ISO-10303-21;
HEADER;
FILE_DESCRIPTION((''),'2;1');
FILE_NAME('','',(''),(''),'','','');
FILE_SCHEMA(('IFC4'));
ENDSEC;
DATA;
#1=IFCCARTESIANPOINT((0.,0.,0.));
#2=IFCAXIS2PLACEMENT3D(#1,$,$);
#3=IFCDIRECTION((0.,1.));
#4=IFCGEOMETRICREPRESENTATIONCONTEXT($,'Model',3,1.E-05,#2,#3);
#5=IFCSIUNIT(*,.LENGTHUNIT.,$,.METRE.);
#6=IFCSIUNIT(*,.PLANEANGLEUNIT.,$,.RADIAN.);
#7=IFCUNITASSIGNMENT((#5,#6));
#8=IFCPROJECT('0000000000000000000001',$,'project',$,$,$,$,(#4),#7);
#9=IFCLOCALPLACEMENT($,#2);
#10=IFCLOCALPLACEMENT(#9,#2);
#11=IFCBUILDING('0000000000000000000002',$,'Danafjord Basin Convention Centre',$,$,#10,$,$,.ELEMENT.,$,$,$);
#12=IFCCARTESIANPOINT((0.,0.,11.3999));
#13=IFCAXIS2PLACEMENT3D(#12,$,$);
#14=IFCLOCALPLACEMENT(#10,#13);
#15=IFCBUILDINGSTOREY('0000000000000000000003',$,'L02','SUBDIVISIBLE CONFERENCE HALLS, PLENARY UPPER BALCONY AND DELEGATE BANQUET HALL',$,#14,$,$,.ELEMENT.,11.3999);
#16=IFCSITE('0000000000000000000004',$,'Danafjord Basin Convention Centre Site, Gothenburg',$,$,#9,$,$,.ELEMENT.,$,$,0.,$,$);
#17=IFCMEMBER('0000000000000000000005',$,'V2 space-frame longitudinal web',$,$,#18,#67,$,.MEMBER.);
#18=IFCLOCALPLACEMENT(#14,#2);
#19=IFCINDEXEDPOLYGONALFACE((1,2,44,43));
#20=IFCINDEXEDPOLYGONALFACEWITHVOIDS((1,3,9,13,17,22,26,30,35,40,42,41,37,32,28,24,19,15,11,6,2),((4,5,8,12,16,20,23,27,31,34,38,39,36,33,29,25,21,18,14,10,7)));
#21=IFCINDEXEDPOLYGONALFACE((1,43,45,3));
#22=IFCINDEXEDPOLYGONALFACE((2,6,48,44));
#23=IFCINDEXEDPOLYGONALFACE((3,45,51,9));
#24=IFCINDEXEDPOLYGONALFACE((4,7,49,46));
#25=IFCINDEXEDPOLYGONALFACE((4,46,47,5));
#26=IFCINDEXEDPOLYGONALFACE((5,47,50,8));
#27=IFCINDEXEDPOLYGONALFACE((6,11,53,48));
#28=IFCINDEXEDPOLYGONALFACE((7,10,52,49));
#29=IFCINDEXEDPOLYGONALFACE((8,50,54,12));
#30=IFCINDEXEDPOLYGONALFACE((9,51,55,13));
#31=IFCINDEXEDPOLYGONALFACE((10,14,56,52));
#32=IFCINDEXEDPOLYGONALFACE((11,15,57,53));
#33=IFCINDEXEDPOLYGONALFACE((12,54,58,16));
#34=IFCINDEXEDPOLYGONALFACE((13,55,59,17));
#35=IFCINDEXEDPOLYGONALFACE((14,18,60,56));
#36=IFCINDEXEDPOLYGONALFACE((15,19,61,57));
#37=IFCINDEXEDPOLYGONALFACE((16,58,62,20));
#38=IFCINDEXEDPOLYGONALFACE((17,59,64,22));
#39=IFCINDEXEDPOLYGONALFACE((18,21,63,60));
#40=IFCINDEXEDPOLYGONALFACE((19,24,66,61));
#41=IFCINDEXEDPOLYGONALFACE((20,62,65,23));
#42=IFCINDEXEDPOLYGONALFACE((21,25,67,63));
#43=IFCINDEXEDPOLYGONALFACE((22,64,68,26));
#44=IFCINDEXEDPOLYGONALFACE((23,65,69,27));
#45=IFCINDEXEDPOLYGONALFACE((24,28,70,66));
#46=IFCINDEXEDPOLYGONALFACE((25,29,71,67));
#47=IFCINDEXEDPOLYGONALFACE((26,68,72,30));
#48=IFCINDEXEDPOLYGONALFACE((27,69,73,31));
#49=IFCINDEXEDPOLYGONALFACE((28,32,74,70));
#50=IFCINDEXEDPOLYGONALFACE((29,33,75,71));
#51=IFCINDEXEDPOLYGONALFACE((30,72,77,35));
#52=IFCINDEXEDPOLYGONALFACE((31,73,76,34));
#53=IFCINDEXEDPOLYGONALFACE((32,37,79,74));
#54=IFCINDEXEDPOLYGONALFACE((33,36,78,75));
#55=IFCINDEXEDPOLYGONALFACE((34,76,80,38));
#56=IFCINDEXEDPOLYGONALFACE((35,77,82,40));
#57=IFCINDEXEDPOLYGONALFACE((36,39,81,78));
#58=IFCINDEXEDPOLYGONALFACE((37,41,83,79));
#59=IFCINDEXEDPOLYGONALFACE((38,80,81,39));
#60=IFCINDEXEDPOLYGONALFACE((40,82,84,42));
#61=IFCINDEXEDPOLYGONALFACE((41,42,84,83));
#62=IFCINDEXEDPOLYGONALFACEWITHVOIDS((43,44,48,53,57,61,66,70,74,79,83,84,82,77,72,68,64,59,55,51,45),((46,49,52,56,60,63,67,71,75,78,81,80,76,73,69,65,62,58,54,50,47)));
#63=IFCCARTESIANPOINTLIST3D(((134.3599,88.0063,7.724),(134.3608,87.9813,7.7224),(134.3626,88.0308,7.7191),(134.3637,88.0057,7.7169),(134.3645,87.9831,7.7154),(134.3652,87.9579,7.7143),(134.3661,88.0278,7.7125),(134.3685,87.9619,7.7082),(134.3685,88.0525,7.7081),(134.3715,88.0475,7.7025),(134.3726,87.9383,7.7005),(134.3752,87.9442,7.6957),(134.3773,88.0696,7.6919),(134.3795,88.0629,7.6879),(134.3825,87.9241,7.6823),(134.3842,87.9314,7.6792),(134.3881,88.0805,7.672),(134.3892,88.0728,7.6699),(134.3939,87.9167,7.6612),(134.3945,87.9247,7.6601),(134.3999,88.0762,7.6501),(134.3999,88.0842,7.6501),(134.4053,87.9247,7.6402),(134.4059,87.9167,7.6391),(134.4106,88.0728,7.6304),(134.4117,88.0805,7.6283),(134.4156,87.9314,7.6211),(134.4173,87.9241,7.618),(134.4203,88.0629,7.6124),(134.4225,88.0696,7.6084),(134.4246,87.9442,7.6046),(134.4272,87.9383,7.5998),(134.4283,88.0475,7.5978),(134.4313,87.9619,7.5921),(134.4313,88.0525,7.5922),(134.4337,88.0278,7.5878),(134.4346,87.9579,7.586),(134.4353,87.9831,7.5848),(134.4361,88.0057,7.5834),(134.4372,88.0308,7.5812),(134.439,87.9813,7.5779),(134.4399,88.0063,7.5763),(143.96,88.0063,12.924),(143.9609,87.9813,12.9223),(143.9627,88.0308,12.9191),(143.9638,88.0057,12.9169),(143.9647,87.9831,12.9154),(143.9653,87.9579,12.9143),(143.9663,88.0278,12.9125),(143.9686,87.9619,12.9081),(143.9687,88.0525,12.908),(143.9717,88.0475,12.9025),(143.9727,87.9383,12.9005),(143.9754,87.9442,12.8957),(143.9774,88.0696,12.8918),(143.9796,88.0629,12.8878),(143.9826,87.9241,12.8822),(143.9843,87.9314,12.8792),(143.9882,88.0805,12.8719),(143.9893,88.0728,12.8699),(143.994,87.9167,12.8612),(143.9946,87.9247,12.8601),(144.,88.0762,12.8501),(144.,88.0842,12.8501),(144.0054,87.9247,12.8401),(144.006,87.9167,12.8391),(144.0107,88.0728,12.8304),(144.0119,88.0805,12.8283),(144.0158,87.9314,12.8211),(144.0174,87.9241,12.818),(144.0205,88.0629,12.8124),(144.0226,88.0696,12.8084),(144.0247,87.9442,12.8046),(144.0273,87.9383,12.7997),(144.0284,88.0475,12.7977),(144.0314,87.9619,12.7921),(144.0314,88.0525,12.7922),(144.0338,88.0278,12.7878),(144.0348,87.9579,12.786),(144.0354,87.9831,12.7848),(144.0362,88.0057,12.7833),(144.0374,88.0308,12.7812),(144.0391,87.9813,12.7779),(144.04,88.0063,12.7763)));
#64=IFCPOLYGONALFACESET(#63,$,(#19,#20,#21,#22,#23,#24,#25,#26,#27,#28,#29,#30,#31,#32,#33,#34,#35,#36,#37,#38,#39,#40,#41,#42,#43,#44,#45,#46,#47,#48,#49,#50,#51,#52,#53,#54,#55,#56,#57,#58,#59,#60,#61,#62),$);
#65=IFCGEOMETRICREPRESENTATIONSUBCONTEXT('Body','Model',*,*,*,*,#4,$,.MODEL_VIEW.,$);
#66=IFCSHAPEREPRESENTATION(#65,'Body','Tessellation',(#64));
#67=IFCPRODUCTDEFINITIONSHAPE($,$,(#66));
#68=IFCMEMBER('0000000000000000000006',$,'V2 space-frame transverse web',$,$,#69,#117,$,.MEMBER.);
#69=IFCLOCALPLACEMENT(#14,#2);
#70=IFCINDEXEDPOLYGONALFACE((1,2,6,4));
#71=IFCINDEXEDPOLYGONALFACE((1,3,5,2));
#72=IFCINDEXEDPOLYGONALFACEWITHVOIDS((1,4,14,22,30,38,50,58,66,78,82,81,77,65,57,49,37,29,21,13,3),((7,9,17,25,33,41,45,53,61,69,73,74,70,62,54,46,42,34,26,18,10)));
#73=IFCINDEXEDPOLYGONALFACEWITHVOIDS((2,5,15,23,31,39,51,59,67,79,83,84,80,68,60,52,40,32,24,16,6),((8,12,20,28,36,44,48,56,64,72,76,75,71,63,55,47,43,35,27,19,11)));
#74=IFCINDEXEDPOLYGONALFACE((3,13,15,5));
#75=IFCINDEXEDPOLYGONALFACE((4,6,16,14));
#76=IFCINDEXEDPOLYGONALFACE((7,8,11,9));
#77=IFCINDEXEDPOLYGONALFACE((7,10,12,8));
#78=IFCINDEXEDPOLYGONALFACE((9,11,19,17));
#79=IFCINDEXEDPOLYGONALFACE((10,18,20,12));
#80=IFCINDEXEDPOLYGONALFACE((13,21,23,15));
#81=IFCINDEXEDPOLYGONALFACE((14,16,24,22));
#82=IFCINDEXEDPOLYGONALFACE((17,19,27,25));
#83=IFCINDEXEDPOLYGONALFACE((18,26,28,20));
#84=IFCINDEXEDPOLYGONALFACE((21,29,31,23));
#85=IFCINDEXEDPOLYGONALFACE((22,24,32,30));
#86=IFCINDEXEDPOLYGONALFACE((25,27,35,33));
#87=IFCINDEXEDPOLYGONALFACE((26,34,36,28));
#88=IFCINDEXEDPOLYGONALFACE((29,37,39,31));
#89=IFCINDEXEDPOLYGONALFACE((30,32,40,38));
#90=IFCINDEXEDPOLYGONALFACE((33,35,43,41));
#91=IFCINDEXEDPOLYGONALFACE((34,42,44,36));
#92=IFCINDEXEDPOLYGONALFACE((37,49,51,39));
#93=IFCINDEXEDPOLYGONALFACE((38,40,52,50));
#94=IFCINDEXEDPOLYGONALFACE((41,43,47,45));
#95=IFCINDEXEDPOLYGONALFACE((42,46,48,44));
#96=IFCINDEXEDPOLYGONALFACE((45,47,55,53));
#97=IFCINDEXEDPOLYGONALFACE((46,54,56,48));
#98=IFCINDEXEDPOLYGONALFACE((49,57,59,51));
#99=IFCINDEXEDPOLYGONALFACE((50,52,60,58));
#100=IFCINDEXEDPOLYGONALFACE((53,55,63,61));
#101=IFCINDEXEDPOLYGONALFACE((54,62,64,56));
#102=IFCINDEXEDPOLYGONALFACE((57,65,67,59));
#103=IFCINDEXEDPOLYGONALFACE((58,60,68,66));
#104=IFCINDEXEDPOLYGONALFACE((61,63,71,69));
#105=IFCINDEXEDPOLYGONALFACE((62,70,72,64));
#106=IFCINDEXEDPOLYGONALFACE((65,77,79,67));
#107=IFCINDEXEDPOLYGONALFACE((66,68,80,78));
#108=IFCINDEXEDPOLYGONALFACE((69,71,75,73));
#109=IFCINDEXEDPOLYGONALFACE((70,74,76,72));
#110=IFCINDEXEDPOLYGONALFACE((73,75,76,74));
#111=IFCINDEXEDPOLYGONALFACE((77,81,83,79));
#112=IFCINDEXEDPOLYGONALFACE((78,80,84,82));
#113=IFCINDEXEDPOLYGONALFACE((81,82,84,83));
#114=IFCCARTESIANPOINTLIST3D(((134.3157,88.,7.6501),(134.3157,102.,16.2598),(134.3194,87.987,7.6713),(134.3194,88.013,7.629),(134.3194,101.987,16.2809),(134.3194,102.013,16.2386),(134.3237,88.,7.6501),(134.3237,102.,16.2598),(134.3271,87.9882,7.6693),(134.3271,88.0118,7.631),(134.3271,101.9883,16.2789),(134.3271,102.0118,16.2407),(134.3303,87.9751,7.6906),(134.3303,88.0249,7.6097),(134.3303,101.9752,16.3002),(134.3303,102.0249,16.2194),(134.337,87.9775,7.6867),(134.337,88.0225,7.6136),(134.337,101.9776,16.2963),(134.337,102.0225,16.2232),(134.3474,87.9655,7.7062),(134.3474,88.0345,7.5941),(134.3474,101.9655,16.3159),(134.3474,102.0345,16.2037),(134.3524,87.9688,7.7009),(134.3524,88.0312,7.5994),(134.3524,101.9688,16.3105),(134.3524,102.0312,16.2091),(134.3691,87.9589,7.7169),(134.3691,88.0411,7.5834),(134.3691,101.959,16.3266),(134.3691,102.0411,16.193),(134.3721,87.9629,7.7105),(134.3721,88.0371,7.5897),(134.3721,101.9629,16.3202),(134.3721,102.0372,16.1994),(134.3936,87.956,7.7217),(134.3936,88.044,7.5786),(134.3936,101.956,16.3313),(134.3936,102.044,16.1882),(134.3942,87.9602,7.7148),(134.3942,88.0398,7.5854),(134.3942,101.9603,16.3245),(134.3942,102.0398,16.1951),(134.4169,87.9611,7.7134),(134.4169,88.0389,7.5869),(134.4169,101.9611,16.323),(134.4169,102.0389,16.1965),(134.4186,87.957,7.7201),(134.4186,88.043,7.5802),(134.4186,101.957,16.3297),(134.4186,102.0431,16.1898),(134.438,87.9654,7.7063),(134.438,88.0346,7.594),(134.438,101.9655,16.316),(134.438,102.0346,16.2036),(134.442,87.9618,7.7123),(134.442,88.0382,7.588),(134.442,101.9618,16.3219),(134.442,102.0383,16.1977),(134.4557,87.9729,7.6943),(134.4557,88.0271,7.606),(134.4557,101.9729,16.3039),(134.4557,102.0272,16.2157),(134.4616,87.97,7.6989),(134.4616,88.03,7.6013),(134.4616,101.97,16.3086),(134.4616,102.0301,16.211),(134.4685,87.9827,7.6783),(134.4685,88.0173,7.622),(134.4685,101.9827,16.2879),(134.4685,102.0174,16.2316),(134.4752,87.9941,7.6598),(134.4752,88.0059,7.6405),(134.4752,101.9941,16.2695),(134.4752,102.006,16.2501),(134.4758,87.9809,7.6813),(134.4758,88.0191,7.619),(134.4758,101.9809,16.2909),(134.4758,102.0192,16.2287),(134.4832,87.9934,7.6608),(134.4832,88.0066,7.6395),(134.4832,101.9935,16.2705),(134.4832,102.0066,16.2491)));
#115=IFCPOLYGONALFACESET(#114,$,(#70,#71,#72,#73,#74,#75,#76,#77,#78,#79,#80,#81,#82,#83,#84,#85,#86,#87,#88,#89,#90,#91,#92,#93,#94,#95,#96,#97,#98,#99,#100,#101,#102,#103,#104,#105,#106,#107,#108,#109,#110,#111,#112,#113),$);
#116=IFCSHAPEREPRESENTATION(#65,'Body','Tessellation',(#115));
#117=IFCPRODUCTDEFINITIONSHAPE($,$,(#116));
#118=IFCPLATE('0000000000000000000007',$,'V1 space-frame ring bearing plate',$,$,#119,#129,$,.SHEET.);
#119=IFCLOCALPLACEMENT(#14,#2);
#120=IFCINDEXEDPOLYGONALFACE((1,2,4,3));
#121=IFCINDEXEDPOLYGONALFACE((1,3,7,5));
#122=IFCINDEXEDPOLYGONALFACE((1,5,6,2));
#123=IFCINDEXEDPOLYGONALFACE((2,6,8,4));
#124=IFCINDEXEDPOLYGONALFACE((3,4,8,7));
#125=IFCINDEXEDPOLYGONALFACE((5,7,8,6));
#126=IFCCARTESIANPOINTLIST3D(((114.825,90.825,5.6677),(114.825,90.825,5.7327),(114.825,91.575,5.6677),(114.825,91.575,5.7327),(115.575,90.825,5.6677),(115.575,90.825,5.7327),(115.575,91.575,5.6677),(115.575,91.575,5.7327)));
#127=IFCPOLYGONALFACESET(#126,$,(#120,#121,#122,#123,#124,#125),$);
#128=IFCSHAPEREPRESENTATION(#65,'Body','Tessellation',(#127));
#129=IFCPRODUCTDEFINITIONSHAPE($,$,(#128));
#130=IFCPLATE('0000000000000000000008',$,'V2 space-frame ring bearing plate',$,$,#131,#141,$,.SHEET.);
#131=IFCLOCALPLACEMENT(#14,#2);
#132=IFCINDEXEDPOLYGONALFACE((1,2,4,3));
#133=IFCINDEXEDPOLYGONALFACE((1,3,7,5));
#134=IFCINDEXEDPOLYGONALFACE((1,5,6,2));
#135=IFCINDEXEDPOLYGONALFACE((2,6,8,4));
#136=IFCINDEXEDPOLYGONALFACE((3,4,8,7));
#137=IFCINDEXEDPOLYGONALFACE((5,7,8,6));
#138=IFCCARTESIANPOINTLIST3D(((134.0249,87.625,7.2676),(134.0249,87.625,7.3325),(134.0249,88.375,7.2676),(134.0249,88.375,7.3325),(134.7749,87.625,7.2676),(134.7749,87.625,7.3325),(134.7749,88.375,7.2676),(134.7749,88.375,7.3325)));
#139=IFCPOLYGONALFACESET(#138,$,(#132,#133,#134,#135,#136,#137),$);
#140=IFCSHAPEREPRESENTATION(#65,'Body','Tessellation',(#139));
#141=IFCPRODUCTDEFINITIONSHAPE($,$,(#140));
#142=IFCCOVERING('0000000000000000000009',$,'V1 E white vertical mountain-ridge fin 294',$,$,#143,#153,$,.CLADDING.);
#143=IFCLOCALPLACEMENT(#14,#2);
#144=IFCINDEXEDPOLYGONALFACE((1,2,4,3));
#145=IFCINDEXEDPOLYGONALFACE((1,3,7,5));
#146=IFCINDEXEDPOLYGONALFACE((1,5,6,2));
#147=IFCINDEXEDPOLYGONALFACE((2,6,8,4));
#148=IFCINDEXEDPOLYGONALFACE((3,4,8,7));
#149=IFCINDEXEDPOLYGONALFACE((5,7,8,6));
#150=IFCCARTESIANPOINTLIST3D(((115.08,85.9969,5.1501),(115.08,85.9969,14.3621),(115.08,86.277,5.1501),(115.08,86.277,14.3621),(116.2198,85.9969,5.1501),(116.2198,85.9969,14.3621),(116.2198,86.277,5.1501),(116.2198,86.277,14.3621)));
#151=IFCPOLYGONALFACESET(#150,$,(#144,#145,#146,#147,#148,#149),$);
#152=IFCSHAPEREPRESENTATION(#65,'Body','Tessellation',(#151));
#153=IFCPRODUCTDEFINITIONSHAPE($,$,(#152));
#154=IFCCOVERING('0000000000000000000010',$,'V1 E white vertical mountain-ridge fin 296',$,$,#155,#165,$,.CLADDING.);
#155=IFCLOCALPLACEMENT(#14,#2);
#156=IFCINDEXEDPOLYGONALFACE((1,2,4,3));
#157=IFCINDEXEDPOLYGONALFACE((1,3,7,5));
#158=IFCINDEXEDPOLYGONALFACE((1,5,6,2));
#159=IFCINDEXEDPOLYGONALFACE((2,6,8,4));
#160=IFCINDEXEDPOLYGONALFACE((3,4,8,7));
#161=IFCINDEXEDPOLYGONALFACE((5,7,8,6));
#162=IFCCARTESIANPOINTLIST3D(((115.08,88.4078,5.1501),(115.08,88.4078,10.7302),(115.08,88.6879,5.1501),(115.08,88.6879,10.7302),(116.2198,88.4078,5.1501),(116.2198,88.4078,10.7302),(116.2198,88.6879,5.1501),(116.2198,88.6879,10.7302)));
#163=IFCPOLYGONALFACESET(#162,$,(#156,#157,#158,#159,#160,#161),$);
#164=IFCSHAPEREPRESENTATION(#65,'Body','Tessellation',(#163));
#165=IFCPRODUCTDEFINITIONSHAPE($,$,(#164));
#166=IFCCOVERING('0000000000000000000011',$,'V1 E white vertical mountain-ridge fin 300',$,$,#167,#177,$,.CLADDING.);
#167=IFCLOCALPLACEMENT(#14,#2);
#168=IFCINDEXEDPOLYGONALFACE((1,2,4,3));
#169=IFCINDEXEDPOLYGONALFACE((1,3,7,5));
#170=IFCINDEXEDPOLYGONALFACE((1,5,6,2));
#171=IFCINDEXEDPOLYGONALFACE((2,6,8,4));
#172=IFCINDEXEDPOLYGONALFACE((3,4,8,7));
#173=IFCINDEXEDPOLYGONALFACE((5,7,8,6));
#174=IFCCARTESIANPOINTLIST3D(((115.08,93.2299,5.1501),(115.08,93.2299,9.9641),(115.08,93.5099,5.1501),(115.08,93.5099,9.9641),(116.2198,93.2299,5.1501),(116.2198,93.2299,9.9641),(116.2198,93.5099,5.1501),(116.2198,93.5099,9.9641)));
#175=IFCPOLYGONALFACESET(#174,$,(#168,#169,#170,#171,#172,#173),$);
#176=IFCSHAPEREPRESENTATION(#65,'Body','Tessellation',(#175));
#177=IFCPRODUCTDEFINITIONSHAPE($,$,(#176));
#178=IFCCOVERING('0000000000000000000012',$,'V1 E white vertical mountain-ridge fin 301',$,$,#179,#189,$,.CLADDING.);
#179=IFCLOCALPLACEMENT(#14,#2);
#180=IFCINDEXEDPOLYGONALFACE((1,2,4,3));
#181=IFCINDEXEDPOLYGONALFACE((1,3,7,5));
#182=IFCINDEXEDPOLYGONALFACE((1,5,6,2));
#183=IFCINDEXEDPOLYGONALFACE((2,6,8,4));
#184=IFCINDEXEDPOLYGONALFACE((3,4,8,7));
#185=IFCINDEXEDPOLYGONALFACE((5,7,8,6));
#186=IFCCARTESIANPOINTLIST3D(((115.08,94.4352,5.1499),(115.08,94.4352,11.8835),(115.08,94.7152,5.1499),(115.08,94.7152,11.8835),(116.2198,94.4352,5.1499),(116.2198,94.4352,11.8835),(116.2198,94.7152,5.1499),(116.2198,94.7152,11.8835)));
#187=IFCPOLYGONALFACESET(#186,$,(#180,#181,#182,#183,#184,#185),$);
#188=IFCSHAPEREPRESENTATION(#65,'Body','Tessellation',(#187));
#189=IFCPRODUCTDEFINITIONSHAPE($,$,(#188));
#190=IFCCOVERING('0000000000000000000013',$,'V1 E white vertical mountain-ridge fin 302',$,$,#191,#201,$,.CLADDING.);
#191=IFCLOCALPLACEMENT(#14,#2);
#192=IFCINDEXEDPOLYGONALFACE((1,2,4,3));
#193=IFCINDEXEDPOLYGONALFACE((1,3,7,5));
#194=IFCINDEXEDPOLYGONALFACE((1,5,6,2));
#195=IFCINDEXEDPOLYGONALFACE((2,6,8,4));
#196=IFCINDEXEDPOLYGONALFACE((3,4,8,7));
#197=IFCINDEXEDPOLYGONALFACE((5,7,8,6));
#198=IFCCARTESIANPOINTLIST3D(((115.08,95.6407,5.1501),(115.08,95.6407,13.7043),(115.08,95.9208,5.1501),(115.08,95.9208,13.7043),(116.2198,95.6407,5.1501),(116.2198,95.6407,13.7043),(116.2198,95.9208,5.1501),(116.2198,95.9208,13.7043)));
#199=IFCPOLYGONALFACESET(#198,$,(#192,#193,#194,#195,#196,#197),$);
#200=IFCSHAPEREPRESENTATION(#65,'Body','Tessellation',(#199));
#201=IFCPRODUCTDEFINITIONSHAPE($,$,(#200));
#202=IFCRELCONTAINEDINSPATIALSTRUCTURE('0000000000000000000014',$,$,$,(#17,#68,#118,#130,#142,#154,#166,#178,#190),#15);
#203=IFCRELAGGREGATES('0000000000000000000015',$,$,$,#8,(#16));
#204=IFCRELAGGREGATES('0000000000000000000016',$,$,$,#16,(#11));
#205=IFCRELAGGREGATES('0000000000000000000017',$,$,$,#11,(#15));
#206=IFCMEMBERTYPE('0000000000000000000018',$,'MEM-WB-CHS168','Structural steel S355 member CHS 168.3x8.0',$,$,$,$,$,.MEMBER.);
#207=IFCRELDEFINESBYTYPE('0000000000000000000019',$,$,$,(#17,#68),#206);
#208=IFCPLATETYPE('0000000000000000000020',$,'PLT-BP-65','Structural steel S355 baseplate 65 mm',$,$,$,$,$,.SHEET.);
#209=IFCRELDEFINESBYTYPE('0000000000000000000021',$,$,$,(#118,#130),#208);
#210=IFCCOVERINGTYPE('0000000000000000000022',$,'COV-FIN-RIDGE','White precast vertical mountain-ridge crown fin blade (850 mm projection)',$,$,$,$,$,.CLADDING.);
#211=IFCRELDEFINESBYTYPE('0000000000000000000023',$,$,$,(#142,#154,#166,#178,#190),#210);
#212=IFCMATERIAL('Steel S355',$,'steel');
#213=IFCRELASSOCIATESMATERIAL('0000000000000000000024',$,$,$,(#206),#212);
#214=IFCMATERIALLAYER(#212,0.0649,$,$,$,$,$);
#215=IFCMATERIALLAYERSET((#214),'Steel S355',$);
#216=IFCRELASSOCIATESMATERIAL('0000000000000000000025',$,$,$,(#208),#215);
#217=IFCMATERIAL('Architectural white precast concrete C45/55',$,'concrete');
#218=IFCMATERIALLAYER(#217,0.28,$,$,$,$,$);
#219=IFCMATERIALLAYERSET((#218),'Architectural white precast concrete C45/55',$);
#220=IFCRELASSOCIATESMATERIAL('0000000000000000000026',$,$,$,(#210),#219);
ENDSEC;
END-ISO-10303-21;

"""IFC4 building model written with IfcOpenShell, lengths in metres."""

from ifc_helpers import new_model, si_unit, direction, frame, origin, origin_2d, place, context, subcontext, project, spatial, rectangle, hollow_circle, extrude, material, layer, layer_set, material_profile, profile_set, type_object, element, save


model = new_model("IFC4")

# Units and contexts
model_context = context("Model", 3, precision=1e-05, world=origin(), true_north=direction((0.0, 1.0)))
body_context = subcontext(model_context, "Body", "Model", "MODEL_VIEW")
ifc_project = project(units=[si_unit("LENGTHUNIT", "METRE"), si_unit("PLANEANGLEUNIT", "RADIAN")], contexts=[model_context])

# Site, building, storey
site_placement = place(None, origin())
site = spatial("IfcSite", under=ifc_project, at=site_placement, Name="Danafjord Basin Convention Centre Site, Gothenburg", CompositionType="ELEMENT", RefElevation=0.0)
building_placement = place(site_placement, origin())
building = spatial("IfcBuilding", under=site, at=building_placement, Name="Danafjord Basin Convention Centre", CompositionType="ELEMENT")
storey_placement = place(building_placement, frame((0.0, 0.0, 11.3999)))
storey = spatial("IfcBuildingStorey", under=building, at=storey_placement, Name="L02", Description="SUBDIVISIBLE CONFERENCE HALLS, PLENARY UPPER BALCONY AND DELEGATE BANQUET HALL", CompositionType="ELEMENT", Elevation=11.3999)

# Shared definitions
ifc_material_1 = material(Name="Steel S355", Category="steel")

# Members
ifc_material_profile_1 = material_profile(ifc_material_1, hollow_circle(Radius=0.0842, WallThickness=0.0081, at=origin_2d()), Name="CHS 168.3x8.0")
ifc_profile_set_1 = profile_set([ifc_material_profile_1], Name="Steel S355")
member_type_1 = type_object("IfcMemberType", Name="MEM-WB-CHS168", Description="Structural steel S355 member CHS 168.3x8.0", PredefinedType="MEMBER", material=ifc_profile_set_1)
member_1_placement = place(storey_placement, frame((134.3999, 88.0, 7.6501), z_axis=(0.879296, 0.0, 0.476276), x_axis=(0.0, 1.0, 0.0)))
element("IfcMember", 1, at=member_1_placement, inside=storey, type_object=member_type_1, Name="V2 space-frame longitudinal web", PredefinedType="MEMBER", context=body_context, shape_type="SweptSolid", body=[
    extrude(hollow_circle(Radius=0.0842, WallThickness=0.0081, at=origin_2d()), origin(), (0.0, 0.0, 1.0), 10.918),
])
member_2_placement = place(storey_placement, frame((134.3999, 88.0, 7.6501), z_axis=(0.0, 0.851815, 0.523843), x_axis=(-1.0, 0.0, 0.0)))
element("IfcMember", 2, at=member_2_placement, inside=storey, type_object=member_type_1, Name="V2 space-frame transverse web", PredefinedType="MEMBER", context=body_context, shape_type="SweptSolid", body=[
    extrude(hollow_circle(Radius=0.0842, WallThickness=0.0081, at=origin_2d()), origin(), (0.0, 0.0, 1.0), 16.4355),
])

# Plates
ifc_layer_1 = layer(ifc_material_1, 0.0649)
ifc_layer_set_1 = layer_set([ifc_layer_1], Name="Steel S355")
plate_type = type_object("IfcPlateType", Name="PLT-BP-65", Description="Structural steel S355 baseplate 65 mm", PredefinedType="SHEET", material=ifc_layer_set_1)
for number, where, z_axis, x_axis, name in (
    (3, (115.2, 91.2, 5.6677), (0.0, 0.0, 1.0), (1.0, 0.0, 0.0), "V1 space-frame ring bearing plate"),
    (4, (134.3999, 88.0, 7.2676), (0.0, 0.0, 1.0), (1.0, 0.0, 0.0), "V2 space-frame ring bearing plate"),
):
    element("IfcPlate", number, at=place(storey_placement, frame(where, z_axis=z_axis, x_axis=x_axis)), inside=storey, type_object=plate_type, Name=name, PredefinedType="SHEET", context=body_context, shape_type="SweptSolid", body=[
        extrude(rectangle(XDim=0.75, YDim=0.75, at=origin_2d()), origin(), (0.0, 0.0, 1.0), 0.0649),
    ])

# Coverings
ifc_material_2 = material(Name="Architectural white precast concrete C45/55", Category="concrete")
ifc_layer_2 = layer(ifc_material_2, 0.28)
ifc_layer_set_2 = layer_set([ifc_layer_2], Name="Architectural white precast concrete C45/55")
covering_type = type_object("IfcCoveringType", Name="COV-FIN-RIDGE", Description="White precast vertical mountain-ridge crown fin blade (850 mm projection)", PredefinedType="CLADDING", material=ifc_layer_set_2)
covering_1_placement = place(storey_placement, frame((115.6499, 86.137, 5.1501), z_axis=(0.0, 0.0, 1.0), x_axis=(1.0, 0.0, 0.0)))
element("IfcCovering", 5, at=covering_1_placement, inside=storey, type_object=covering_type, Name="V1 E white vertical mountain-ridge fin 294", PredefinedType="CLADDING", context=body_context, shape_type="SweptSolid", body=[
    extrude(rectangle(XDim=1.1399, YDim=0.28, at=origin_2d()), origin(), (0.0, 0.0, 1.0), 9.2119),
])
covering_2_placement = place(storey_placement, frame((115.6499, 88.5479, 5.1501), z_axis=(0.0, 0.0, 1.0), x_axis=(1.0, 0.0, 0.0)))
element("IfcCovering", 6, at=covering_2_placement, inside=storey, type_object=covering_type, Name="V1 E white vertical mountain-ridge fin 296", PredefinedType="CLADDING", context=body_context, shape_type="SweptSolid", body=[
    extrude(rectangle(XDim=1.1399, YDim=0.28, at=origin_2d()), origin(), (0.0, 0.0, 1.0), 5.5801),
])
covering_3_placement = place(storey_placement, frame((115.6499, 93.3699, 5.1501), z_axis=(0.0, 0.0, 1.0), x_axis=(1.0, 0.0, 0.0)))
element("IfcCovering", 7, at=covering_3_placement, inside=storey, type_object=covering_type, Name="V1 E white vertical mountain-ridge fin 300", PredefinedType="CLADDING", context=body_context, shape_type="SweptSolid", body=[
    extrude(rectangle(XDim=1.1399, YDim=0.28, at=origin_2d()), origin(), (0.0, 0.0, 1.0), 4.814),
])
covering_4_placement = place(storey_placement, frame((115.6499, 94.5752, 5.1499), z_axis=(0.0, 0.0, 1.0), x_axis=(1.0, 0.0, 0.0)))
element("IfcCovering", 8, at=covering_4_placement, inside=storey, type_object=covering_type, Name="V1 E white vertical mountain-ridge fin 301", PredefinedType="CLADDING", context=body_context, shape_type="SweptSolid", body=[
    extrude(rectangle(XDim=1.1399, YDim=0.28, at=origin_2d()), origin(), (0.0, 0.0, 1.0), 6.7336),
])
covering_5_placement = place(storey_placement, frame((115.6499, 95.7808, 5.1501), z_axis=(0.0, 0.0, 1.0), x_axis=(1.0, 0.0, 0.0)))
element("IfcCovering", 9, at=covering_5_placement, inside=storey, type_object=covering_type, Name="V1 E white vertical mountain-ridge fin 302", PredefinedType="CLADDING", context=body_context, shape_type="SweptSolid", body=[
    extrude(rectangle(XDim=1.1399, YDim=0.28, at=origin_2d()), origin(), (0.0, 0.0, 1.0), 8.5542),
])

save(model, "model.ifc")
